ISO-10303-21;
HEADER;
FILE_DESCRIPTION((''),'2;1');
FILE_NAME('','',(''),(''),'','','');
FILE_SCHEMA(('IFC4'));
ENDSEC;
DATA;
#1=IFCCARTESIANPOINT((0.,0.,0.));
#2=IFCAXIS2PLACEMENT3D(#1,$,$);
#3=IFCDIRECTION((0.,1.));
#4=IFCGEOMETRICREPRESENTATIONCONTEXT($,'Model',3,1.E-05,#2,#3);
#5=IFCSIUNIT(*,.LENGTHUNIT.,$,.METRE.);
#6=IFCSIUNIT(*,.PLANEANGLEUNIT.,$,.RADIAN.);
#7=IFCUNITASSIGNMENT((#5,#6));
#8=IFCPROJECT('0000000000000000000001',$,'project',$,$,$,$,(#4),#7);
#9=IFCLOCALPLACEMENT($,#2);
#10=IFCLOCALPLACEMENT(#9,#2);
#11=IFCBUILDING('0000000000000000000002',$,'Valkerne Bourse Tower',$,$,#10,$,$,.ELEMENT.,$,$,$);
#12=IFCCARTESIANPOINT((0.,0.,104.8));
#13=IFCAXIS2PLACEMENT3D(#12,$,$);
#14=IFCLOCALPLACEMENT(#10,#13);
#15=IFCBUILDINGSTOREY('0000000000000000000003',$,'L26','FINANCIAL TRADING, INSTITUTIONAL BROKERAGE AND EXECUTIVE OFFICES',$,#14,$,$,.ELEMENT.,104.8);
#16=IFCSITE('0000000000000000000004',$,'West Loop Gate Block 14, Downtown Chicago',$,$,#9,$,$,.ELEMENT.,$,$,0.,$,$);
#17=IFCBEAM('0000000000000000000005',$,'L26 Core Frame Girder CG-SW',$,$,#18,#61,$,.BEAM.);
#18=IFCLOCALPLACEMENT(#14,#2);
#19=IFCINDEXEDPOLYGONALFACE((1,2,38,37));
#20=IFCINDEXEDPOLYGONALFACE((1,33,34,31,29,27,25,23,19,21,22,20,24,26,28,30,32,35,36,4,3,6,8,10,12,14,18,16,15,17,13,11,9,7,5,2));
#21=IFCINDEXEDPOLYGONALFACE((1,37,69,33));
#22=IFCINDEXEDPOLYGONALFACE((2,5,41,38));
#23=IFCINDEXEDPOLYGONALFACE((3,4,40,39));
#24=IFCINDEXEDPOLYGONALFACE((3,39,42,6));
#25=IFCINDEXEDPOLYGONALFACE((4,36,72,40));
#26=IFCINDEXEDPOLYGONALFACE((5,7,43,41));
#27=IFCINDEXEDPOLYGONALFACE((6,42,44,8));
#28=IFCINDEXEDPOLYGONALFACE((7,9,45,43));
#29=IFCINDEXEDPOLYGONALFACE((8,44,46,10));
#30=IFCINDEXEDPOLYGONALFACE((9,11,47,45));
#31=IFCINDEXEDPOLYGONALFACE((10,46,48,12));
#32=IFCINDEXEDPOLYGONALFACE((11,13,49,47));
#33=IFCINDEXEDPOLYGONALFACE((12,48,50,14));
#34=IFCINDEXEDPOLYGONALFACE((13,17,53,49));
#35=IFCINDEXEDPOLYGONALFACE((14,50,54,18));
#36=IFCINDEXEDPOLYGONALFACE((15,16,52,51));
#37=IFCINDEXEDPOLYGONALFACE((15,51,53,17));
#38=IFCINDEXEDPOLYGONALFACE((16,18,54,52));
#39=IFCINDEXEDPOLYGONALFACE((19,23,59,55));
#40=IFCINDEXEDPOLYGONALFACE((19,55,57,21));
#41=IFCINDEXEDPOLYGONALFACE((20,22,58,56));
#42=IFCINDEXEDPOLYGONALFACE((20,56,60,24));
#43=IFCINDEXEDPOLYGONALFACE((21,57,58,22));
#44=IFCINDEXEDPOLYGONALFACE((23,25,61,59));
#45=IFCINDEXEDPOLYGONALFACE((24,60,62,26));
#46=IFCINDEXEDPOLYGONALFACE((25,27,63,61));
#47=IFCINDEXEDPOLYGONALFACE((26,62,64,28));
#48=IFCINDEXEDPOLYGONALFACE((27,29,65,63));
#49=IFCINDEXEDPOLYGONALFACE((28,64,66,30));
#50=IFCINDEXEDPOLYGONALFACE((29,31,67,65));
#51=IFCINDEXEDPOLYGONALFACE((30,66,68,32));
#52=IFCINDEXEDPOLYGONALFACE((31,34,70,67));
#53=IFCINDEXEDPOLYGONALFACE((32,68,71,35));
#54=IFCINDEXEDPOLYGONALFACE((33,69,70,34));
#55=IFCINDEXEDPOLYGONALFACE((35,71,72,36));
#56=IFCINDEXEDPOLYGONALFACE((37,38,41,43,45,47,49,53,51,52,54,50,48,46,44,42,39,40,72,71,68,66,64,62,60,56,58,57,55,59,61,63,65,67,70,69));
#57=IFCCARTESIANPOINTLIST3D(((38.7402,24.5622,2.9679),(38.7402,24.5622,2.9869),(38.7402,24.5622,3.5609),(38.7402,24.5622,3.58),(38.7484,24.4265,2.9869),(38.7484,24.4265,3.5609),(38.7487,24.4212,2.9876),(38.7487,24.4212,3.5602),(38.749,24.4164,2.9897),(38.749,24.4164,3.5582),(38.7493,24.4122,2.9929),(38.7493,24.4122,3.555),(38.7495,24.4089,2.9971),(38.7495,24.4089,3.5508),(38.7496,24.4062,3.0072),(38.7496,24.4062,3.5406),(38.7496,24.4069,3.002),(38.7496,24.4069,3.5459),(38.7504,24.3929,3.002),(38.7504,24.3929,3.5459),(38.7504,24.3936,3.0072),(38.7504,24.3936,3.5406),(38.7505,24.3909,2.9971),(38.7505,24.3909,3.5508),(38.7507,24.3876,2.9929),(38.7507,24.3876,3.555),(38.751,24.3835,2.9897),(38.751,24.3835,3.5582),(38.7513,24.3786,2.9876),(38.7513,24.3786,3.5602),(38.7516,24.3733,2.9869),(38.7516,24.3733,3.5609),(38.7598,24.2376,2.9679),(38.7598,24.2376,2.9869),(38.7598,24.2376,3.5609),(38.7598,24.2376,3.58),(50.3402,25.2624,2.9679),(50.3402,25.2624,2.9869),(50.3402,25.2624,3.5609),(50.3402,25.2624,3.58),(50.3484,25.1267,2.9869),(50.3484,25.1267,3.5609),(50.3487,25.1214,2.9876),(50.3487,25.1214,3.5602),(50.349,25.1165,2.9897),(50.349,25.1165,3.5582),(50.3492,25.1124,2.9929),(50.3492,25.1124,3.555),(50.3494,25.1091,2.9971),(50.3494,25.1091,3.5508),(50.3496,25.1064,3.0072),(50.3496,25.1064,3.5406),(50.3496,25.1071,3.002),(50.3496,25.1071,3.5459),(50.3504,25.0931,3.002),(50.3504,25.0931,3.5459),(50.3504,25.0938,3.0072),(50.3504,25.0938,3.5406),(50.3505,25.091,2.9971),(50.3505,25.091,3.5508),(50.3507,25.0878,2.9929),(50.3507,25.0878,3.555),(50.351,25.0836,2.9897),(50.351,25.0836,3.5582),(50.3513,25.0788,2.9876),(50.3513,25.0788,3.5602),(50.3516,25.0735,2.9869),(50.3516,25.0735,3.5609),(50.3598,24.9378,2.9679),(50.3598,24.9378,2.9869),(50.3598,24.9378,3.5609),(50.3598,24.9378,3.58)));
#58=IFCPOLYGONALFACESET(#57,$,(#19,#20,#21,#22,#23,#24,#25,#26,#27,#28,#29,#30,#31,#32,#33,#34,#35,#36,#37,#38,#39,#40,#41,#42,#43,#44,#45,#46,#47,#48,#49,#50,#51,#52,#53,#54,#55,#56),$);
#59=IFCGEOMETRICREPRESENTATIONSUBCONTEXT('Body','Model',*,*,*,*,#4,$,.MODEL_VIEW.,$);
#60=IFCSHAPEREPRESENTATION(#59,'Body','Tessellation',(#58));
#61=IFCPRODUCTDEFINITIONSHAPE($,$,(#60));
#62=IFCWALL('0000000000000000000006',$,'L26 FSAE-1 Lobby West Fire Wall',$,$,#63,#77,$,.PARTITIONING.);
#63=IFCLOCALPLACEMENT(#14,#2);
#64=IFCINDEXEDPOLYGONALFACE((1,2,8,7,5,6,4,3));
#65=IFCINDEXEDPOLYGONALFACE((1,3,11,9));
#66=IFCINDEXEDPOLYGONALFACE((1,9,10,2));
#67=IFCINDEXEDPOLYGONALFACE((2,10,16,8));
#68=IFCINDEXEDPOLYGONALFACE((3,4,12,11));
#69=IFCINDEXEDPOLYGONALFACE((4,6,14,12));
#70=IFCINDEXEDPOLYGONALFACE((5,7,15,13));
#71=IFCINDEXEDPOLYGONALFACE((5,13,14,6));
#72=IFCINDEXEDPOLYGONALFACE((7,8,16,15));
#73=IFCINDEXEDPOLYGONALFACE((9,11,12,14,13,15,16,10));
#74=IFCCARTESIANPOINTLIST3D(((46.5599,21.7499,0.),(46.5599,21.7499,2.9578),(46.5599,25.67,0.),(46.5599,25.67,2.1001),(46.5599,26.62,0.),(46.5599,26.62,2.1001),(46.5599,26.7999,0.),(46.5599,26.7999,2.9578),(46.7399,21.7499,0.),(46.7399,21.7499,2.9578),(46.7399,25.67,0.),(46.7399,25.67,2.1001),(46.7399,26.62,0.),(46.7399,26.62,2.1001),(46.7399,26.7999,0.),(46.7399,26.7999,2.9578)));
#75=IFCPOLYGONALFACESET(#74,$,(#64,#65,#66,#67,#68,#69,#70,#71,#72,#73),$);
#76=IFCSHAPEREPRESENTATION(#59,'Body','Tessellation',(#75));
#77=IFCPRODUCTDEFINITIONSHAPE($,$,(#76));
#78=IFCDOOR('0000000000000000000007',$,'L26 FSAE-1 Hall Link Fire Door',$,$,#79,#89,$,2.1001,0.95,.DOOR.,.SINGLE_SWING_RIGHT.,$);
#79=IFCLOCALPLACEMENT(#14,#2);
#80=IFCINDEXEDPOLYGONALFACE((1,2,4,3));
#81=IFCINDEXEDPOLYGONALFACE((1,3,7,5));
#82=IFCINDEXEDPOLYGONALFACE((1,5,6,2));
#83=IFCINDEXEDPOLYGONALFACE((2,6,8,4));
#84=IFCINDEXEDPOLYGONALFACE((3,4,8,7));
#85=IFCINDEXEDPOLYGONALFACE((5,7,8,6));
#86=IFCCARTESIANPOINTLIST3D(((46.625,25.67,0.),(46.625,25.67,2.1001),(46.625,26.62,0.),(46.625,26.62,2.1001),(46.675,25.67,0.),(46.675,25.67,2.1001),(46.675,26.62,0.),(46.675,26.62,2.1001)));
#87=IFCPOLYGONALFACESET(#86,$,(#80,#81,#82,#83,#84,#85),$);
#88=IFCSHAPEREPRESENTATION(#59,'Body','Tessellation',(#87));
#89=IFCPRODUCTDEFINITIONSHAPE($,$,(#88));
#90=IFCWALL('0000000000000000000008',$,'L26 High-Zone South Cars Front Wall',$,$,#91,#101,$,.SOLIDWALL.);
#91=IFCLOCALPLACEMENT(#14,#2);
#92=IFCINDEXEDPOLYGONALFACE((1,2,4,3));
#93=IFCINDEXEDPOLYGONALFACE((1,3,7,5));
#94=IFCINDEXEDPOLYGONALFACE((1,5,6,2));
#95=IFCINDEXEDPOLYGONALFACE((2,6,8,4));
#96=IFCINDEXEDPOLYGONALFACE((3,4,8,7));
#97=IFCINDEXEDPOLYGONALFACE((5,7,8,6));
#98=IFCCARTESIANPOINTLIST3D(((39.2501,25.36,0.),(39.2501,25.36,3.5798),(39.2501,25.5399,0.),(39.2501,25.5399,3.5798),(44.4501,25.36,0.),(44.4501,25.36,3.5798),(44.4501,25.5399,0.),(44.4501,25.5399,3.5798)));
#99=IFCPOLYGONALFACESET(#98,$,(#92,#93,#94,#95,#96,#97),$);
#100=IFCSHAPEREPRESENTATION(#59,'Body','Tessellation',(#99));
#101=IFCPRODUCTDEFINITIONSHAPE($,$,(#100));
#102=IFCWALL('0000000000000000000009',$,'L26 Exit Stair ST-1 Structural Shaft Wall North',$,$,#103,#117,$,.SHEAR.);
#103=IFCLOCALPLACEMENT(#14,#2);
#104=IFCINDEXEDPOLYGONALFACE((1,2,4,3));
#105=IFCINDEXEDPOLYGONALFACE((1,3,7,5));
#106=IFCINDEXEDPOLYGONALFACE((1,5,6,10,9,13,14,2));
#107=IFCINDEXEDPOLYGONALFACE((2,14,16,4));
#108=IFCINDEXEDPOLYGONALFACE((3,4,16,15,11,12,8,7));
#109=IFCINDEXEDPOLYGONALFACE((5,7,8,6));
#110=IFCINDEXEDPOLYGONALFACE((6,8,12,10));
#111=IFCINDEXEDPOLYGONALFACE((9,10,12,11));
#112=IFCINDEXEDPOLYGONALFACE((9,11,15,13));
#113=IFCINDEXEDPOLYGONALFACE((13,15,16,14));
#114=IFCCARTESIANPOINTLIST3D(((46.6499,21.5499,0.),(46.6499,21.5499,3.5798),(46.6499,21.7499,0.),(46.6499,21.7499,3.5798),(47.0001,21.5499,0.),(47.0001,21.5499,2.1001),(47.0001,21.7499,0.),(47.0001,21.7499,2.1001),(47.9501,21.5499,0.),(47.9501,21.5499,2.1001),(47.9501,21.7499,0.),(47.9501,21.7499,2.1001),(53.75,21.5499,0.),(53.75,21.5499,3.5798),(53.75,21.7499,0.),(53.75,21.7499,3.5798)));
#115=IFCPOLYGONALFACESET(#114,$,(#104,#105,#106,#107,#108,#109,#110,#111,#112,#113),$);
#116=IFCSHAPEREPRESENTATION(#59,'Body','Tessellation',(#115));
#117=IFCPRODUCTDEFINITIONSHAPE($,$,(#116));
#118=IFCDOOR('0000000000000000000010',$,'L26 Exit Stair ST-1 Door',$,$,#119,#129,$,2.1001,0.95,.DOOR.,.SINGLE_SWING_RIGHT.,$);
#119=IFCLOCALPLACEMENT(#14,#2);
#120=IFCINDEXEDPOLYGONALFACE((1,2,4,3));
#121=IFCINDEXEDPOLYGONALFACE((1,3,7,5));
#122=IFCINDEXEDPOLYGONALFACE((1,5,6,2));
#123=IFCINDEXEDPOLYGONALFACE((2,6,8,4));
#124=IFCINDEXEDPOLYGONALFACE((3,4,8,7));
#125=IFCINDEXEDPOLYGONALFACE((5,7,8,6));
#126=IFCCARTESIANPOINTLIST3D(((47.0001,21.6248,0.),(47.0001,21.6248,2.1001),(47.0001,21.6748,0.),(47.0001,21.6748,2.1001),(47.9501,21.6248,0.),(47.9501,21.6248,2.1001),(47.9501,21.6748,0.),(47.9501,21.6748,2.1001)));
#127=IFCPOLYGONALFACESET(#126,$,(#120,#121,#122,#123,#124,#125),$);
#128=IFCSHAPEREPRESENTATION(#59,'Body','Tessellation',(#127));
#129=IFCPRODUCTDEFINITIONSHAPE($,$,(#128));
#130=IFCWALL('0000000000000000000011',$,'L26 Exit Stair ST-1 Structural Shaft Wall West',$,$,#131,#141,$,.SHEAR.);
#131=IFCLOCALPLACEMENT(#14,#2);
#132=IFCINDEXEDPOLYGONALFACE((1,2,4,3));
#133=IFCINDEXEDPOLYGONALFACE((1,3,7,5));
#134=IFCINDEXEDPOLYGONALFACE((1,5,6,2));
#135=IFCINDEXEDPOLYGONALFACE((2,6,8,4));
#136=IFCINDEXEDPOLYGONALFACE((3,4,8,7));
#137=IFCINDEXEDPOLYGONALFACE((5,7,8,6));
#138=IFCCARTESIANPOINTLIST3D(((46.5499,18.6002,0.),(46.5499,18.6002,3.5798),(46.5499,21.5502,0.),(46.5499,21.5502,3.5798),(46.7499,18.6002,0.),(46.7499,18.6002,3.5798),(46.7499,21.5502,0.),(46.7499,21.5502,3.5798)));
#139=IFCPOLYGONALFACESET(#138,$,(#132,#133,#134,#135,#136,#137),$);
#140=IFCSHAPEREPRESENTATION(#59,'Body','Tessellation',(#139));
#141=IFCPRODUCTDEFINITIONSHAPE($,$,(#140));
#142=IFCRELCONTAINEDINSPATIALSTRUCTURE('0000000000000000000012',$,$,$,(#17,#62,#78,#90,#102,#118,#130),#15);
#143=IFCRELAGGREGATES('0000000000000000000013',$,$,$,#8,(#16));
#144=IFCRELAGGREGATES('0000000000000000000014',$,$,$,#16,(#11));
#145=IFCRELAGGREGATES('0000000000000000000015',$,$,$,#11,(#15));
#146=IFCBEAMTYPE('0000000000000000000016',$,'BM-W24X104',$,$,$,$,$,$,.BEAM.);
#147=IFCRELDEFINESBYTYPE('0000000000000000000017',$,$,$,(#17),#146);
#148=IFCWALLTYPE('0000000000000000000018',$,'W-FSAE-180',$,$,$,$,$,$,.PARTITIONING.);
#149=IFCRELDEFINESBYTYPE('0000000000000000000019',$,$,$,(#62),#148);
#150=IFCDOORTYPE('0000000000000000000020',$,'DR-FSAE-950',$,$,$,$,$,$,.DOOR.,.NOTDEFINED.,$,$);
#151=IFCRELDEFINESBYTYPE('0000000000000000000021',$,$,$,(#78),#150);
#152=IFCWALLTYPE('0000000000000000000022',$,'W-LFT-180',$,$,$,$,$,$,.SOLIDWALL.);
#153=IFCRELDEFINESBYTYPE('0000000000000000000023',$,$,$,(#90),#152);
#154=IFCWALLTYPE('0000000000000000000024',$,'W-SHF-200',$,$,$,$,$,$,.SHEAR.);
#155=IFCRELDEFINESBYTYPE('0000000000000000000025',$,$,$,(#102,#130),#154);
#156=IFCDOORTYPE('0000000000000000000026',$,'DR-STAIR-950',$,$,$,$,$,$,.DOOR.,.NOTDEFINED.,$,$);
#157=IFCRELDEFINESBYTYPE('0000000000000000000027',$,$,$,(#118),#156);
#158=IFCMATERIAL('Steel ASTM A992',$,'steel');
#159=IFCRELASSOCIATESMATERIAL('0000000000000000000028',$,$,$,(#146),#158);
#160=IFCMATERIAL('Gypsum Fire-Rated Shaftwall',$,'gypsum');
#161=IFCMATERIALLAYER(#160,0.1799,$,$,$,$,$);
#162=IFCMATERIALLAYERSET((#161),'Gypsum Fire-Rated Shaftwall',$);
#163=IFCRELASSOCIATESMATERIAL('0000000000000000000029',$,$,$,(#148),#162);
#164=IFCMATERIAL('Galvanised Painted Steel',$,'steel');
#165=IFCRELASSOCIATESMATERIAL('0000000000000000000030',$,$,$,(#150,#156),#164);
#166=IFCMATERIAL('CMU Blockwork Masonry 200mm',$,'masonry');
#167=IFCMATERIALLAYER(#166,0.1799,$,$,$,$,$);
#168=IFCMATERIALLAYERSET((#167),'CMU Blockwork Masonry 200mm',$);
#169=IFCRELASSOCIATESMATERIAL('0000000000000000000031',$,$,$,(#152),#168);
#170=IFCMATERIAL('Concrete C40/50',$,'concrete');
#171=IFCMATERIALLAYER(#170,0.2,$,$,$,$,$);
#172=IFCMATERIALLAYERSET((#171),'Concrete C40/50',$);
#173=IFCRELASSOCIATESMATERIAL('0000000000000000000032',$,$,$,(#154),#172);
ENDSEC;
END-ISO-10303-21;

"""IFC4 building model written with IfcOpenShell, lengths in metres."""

from ifc_helpers import new_model, si_unit, direction, frame, frame_2d, origin, origin_2d, place, context, subcontext, project, spatial, rectangle, i_section, extrude, material, layer, layer_set, material_profile, profile_set, type_object, element, fill, save


model = new_model("IFC4")

# Units and contexts
model_context = context("Model", 3, precision=1e-05, world=origin(), true_north=direction((0.0, 1.0)))
body_context = subcontext(model_context, "Body", "Model", "MODEL_VIEW")
ifc_project = project(units=[si_unit("LENGTHUNIT", "METRE"), si_unit("PLANEANGLEUNIT", "RADIAN")], contexts=[model_context])

# Site, building, storey
site_placement = place(None, origin())
site = spatial("IfcSite", under=ifc_project, at=site_placement, Name="West Loop Gate Block 14, Downtown Chicago", CompositionType="ELEMENT", RefElevation=0.0)
building_placement = place(site_placement, origin())
building = spatial("IfcBuilding", under=site, at=building_placement, Name="Valkerne Bourse Tower", CompositionType="ELEMENT")
storey_placement = place(building_placement, frame((0.0, 0.0, 104.8)))
storey = spatial("IfcBuildingStorey", under=building, at=storey_placement, Name="L26", Description="FINANCIAL TRADING, INSTITUTIONAL BROKERAGE AND EXECUTIVE OFFICES", CompositionType="ELEMENT", Elevation=104.8)

# Beam
ifc_material_1 = material(Name="Steel ASTM A992", Category="steel")
ifc_material_profile = material_profile(ifc_material_1, i_section(OverallWidth=0.3252, OverallDepth=0.6121, WebThickness=0.0127, FlangeThickness=0.019, FilletRadius=0.0203, at=origin_2d()), Name="W24X104")
ifc_profile_set = profile_set([ifc_material_profile], Name="Steel ASTM A992")
beam_type = type_object("IfcBeamType", Name="BM-W24X104", PredefinedType="BEAM", material=ifc_profile_set)
beam_placement = place(storey_placement, frame((38.75, 24.3999, 3.2739), z_axis=(0.998183, 0.060251, 0.0), x_axis=(-0.060251, 0.998183, 0.0)))
element("IfcBeam", 1, at=beam_placement, inside=storey, type_object=beam_type, Name="L26 Core Frame Girder CG-SW", PredefinedType="BEAM", context=body_context, shape_type="SweptSolid", body=[
    extrude(i_section(OverallWidth=0.3252, OverallDepth=0.6121, WebThickness=0.0127, FlangeThickness=0.019, FilletRadius=0.0203, at=origin_2d()), origin(), (0.0, 0.0, 1.0), 11.6211),
])

# Wall, opening, door
ifc_material_2 = material(Name="Gypsum Fire-Rated Shaftwall", Category="gypsum")
ifc_layer_1 = layer(ifc_material_2, 0.1799)
ifc_layer_set_1 = layer_set([ifc_layer_1], Name="Gypsum Fire-Rated Shaftwall")
wall_type_1 = type_object("IfcWallType", Name="W-FSAE-180", PredefinedType="PARTITIONING", material=ifc_layer_set_1)
wall_1_placement = place(storey_placement, frame((46.6499, 21.75, 0.0), z_axis=(0.0, 0.0, 1.0), x_axis=(0.0, 1.0, 0.0)))
wall_1 = element("IfcWall", 2, at=wall_1_placement, inside=storey, type_object=wall_type_1, Name="L26 FSAE-1 Lobby West Fire Wall", PredefinedType="PARTITIONING", context=body_context, shape_type="SweptSolid", body=[
    extrude(rectangle(XDim=5.05, YDim=0.1799, at=frame_2d((2.5249, 0.0))), origin(), (0.0, 0.0, 1.0), 2.9578),
])
opening_1_placement = place(wall_1_placement, frame((3.9199, 0.0, 0.0)))
opening_1 = element("IfcOpeningElement", 3, at=opening_1_placement, cuts=wall_1, PredefinedType="OPENING", context=body_context, shape_type="SweptSolid", body=[
    extrude(rectangle(XDim=0.95, YDim=2.1001, at=frame_2d((0.4751, 1.05))), frame((0.0, 0.0999, 0.0), z_axis=(0.0, -1.0, 0.0), x_axis=(1.0, 0.0, 0.0)), (0.0, 0.0, 1.0), 0.2),
])
ifc_material_3 = material(Name="Galvanised Painted Steel", Category="steel")
door_type_1 = type_object("IfcDoorType", Name="DR-FSAE-950", OperationType="NOTDEFINED", PredefinedType="DOOR", material=ifc_material_3)
door_1_placement = place(opening_1_placement, origin())
door_1 = element("IfcDoor", 4, at=door_1_placement, inside=storey, type_object=door_type_1, Name="L26 FSAE-1 Hall Link Fire Door", OperationType="SINGLE_SWING_RIGHT", OverallHeight=2.1001, OverallWidth=0.95, PredefinedType="DOOR", context=body_context, shape_type="SweptSolid", body=[
    extrude(rectangle(XDim=0.95, YDim=2.1001, at=frame_2d((0.4751, 1.05))), frame((0.0, 0.0249, 0.0), z_axis=(0.0, -1.0, 0.0), x_axis=(1.0, 0.0, 0.0)), (0.0, 0.0, 1.0), 0.05),
])
fill(opening_1, door_1)

# Shared definitions
ifc_material_4 = material(Name="CMU Blockwork Masonry 200mm", Category="masonry")
ifc_layer_2 = layer(ifc_material_4, 0.1799)
ifc_layer_set_2 = layer_set([ifc_layer_2], Name="CMU Blockwork Masonry 200mm")
wall_type_2 = type_object("IfcWallType", Name="W-LFT-180", PredefinedType="SOLIDWALL", material=ifc_layer_set_2)

# Wall
wall_2_placement = place(storey_placement, frame((39.25, 25.45, 0.0), z_axis=(0.0, 0.0, 1.0), x_axis=(1.0, 0.0, 0.0)))
element("IfcWall", 5, at=wall_2_placement, inside=storey, type_object=wall_type_2, Name="L26 High-Zone South Cars Front Wall", PredefinedType="SOLIDWALL", context=body_context, shape_type="SweptSolid", body=[
    extrude(rectangle(XDim=5.2, YDim=0.1799, at=frame_2d((2.6001, 0.0))), origin(), (0.0, 0.0, 1.0), 3.5798),
])

# Wall, opening, door
ifc_material_5 = material(Name="Concrete C40/50", Category="concrete")
ifc_layer_3 = layer(ifc_material_5, 0.2)
ifc_layer_set_3 = layer_set([ifc_layer_3], Name="Concrete C40/50")
wall_type_3 = type_object("IfcWallType", Name="W-SHF-200", PredefinedType="SHEAR", material=ifc_layer_set_3)
wall_3_placement = place(storey_placement, frame((46.6499, 21.6499, 0.0), z_axis=(0.0, 0.0, 1.0), x_axis=(1.0, 0.0, 0.0)))
wall_3 = element("IfcWall", 6, at=wall_3_placement, inside=storey, type_object=wall_type_3, Name="L26 Exit Stair ST-1 Structural Shaft Wall North", PredefinedType="SHEAR", context=body_context, shape_type="SweptSolid", body=[
    extrude(rectangle(XDim=7.1001, YDim=0.2, at=frame_2d((3.55, 0.0))), origin(), (0.0, 0.0, 1.0), 3.5798),
])
opening_2_placement = place(wall_3_placement, frame((0.3501, 0.0, 0.0)))
opening_2 = element("IfcOpeningElement", 7, at=opening_2_placement, cuts=wall_3, PredefinedType="OPENING", context=body_context, shape_type="SweptSolid", body=[
    extrude(rectangle(XDim=0.95, YDim=2.1001, at=frame_2d((0.4751, 1.05))), frame((0.0, 0.1099, 0.0), z_axis=(0.0, -1.0, 0.0), x_axis=(1.0, 0.0, 0.0)), (0.0, 0.0, 1.0), 0.22),
])
door_type_2 = type_object("IfcDoorType", Name="DR-STAIR-950", OperationType="NOTDEFINED", PredefinedType="DOOR", material=ifc_material_3)
door_2_placement = place(opening_2_placement, origin())
door_2 = element("IfcDoor", 8, at=door_2_placement, inside=storey, type_object=door_type_2, Name="L26 Exit Stair ST-1 Door", OperationType="SINGLE_SWING_RIGHT", OverallHeight=2.1001, OverallWidth=0.95, PredefinedType="DOOR", context=body_context, shape_type="SweptSolid", body=[
    extrude(rectangle(XDim=0.95, YDim=2.1001, at=frame_2d((0.4751, 1.05))), frame((0.0, 0.0249, 0.0), z_axis=(0.0, -1.0, 0.0), x_axis=(1.0, 0.0, 0.0)), (0.0, 0.0, 1.0), 0.05),
])
fill(opening_2, door_2)

# Wall
wall_4_placement = place(storey_placement, frame((46.6499, 18.6001, 0.0), z_axis=(0.0, 0.0, 1.0), x_axis=(0.0, 1.0, 0.0)))
element("IfcWall", 9, at=wall_4_placement, inside=storey, type_object=wall_type_3, Name="L26 Exit Stair ST-1 Structural Shaft Wall West", PredefinedType="SHEAR", context=body_context, shape_type="SweptSolid", body=[
    extrude(rectangle(XDim=2.95, YDim=0.2, at=frame_2d((1.4751, 0.0))), origin(), (0.0, 0.0, 1.0), 3.5798),
])

save(model, "model.ifc")
